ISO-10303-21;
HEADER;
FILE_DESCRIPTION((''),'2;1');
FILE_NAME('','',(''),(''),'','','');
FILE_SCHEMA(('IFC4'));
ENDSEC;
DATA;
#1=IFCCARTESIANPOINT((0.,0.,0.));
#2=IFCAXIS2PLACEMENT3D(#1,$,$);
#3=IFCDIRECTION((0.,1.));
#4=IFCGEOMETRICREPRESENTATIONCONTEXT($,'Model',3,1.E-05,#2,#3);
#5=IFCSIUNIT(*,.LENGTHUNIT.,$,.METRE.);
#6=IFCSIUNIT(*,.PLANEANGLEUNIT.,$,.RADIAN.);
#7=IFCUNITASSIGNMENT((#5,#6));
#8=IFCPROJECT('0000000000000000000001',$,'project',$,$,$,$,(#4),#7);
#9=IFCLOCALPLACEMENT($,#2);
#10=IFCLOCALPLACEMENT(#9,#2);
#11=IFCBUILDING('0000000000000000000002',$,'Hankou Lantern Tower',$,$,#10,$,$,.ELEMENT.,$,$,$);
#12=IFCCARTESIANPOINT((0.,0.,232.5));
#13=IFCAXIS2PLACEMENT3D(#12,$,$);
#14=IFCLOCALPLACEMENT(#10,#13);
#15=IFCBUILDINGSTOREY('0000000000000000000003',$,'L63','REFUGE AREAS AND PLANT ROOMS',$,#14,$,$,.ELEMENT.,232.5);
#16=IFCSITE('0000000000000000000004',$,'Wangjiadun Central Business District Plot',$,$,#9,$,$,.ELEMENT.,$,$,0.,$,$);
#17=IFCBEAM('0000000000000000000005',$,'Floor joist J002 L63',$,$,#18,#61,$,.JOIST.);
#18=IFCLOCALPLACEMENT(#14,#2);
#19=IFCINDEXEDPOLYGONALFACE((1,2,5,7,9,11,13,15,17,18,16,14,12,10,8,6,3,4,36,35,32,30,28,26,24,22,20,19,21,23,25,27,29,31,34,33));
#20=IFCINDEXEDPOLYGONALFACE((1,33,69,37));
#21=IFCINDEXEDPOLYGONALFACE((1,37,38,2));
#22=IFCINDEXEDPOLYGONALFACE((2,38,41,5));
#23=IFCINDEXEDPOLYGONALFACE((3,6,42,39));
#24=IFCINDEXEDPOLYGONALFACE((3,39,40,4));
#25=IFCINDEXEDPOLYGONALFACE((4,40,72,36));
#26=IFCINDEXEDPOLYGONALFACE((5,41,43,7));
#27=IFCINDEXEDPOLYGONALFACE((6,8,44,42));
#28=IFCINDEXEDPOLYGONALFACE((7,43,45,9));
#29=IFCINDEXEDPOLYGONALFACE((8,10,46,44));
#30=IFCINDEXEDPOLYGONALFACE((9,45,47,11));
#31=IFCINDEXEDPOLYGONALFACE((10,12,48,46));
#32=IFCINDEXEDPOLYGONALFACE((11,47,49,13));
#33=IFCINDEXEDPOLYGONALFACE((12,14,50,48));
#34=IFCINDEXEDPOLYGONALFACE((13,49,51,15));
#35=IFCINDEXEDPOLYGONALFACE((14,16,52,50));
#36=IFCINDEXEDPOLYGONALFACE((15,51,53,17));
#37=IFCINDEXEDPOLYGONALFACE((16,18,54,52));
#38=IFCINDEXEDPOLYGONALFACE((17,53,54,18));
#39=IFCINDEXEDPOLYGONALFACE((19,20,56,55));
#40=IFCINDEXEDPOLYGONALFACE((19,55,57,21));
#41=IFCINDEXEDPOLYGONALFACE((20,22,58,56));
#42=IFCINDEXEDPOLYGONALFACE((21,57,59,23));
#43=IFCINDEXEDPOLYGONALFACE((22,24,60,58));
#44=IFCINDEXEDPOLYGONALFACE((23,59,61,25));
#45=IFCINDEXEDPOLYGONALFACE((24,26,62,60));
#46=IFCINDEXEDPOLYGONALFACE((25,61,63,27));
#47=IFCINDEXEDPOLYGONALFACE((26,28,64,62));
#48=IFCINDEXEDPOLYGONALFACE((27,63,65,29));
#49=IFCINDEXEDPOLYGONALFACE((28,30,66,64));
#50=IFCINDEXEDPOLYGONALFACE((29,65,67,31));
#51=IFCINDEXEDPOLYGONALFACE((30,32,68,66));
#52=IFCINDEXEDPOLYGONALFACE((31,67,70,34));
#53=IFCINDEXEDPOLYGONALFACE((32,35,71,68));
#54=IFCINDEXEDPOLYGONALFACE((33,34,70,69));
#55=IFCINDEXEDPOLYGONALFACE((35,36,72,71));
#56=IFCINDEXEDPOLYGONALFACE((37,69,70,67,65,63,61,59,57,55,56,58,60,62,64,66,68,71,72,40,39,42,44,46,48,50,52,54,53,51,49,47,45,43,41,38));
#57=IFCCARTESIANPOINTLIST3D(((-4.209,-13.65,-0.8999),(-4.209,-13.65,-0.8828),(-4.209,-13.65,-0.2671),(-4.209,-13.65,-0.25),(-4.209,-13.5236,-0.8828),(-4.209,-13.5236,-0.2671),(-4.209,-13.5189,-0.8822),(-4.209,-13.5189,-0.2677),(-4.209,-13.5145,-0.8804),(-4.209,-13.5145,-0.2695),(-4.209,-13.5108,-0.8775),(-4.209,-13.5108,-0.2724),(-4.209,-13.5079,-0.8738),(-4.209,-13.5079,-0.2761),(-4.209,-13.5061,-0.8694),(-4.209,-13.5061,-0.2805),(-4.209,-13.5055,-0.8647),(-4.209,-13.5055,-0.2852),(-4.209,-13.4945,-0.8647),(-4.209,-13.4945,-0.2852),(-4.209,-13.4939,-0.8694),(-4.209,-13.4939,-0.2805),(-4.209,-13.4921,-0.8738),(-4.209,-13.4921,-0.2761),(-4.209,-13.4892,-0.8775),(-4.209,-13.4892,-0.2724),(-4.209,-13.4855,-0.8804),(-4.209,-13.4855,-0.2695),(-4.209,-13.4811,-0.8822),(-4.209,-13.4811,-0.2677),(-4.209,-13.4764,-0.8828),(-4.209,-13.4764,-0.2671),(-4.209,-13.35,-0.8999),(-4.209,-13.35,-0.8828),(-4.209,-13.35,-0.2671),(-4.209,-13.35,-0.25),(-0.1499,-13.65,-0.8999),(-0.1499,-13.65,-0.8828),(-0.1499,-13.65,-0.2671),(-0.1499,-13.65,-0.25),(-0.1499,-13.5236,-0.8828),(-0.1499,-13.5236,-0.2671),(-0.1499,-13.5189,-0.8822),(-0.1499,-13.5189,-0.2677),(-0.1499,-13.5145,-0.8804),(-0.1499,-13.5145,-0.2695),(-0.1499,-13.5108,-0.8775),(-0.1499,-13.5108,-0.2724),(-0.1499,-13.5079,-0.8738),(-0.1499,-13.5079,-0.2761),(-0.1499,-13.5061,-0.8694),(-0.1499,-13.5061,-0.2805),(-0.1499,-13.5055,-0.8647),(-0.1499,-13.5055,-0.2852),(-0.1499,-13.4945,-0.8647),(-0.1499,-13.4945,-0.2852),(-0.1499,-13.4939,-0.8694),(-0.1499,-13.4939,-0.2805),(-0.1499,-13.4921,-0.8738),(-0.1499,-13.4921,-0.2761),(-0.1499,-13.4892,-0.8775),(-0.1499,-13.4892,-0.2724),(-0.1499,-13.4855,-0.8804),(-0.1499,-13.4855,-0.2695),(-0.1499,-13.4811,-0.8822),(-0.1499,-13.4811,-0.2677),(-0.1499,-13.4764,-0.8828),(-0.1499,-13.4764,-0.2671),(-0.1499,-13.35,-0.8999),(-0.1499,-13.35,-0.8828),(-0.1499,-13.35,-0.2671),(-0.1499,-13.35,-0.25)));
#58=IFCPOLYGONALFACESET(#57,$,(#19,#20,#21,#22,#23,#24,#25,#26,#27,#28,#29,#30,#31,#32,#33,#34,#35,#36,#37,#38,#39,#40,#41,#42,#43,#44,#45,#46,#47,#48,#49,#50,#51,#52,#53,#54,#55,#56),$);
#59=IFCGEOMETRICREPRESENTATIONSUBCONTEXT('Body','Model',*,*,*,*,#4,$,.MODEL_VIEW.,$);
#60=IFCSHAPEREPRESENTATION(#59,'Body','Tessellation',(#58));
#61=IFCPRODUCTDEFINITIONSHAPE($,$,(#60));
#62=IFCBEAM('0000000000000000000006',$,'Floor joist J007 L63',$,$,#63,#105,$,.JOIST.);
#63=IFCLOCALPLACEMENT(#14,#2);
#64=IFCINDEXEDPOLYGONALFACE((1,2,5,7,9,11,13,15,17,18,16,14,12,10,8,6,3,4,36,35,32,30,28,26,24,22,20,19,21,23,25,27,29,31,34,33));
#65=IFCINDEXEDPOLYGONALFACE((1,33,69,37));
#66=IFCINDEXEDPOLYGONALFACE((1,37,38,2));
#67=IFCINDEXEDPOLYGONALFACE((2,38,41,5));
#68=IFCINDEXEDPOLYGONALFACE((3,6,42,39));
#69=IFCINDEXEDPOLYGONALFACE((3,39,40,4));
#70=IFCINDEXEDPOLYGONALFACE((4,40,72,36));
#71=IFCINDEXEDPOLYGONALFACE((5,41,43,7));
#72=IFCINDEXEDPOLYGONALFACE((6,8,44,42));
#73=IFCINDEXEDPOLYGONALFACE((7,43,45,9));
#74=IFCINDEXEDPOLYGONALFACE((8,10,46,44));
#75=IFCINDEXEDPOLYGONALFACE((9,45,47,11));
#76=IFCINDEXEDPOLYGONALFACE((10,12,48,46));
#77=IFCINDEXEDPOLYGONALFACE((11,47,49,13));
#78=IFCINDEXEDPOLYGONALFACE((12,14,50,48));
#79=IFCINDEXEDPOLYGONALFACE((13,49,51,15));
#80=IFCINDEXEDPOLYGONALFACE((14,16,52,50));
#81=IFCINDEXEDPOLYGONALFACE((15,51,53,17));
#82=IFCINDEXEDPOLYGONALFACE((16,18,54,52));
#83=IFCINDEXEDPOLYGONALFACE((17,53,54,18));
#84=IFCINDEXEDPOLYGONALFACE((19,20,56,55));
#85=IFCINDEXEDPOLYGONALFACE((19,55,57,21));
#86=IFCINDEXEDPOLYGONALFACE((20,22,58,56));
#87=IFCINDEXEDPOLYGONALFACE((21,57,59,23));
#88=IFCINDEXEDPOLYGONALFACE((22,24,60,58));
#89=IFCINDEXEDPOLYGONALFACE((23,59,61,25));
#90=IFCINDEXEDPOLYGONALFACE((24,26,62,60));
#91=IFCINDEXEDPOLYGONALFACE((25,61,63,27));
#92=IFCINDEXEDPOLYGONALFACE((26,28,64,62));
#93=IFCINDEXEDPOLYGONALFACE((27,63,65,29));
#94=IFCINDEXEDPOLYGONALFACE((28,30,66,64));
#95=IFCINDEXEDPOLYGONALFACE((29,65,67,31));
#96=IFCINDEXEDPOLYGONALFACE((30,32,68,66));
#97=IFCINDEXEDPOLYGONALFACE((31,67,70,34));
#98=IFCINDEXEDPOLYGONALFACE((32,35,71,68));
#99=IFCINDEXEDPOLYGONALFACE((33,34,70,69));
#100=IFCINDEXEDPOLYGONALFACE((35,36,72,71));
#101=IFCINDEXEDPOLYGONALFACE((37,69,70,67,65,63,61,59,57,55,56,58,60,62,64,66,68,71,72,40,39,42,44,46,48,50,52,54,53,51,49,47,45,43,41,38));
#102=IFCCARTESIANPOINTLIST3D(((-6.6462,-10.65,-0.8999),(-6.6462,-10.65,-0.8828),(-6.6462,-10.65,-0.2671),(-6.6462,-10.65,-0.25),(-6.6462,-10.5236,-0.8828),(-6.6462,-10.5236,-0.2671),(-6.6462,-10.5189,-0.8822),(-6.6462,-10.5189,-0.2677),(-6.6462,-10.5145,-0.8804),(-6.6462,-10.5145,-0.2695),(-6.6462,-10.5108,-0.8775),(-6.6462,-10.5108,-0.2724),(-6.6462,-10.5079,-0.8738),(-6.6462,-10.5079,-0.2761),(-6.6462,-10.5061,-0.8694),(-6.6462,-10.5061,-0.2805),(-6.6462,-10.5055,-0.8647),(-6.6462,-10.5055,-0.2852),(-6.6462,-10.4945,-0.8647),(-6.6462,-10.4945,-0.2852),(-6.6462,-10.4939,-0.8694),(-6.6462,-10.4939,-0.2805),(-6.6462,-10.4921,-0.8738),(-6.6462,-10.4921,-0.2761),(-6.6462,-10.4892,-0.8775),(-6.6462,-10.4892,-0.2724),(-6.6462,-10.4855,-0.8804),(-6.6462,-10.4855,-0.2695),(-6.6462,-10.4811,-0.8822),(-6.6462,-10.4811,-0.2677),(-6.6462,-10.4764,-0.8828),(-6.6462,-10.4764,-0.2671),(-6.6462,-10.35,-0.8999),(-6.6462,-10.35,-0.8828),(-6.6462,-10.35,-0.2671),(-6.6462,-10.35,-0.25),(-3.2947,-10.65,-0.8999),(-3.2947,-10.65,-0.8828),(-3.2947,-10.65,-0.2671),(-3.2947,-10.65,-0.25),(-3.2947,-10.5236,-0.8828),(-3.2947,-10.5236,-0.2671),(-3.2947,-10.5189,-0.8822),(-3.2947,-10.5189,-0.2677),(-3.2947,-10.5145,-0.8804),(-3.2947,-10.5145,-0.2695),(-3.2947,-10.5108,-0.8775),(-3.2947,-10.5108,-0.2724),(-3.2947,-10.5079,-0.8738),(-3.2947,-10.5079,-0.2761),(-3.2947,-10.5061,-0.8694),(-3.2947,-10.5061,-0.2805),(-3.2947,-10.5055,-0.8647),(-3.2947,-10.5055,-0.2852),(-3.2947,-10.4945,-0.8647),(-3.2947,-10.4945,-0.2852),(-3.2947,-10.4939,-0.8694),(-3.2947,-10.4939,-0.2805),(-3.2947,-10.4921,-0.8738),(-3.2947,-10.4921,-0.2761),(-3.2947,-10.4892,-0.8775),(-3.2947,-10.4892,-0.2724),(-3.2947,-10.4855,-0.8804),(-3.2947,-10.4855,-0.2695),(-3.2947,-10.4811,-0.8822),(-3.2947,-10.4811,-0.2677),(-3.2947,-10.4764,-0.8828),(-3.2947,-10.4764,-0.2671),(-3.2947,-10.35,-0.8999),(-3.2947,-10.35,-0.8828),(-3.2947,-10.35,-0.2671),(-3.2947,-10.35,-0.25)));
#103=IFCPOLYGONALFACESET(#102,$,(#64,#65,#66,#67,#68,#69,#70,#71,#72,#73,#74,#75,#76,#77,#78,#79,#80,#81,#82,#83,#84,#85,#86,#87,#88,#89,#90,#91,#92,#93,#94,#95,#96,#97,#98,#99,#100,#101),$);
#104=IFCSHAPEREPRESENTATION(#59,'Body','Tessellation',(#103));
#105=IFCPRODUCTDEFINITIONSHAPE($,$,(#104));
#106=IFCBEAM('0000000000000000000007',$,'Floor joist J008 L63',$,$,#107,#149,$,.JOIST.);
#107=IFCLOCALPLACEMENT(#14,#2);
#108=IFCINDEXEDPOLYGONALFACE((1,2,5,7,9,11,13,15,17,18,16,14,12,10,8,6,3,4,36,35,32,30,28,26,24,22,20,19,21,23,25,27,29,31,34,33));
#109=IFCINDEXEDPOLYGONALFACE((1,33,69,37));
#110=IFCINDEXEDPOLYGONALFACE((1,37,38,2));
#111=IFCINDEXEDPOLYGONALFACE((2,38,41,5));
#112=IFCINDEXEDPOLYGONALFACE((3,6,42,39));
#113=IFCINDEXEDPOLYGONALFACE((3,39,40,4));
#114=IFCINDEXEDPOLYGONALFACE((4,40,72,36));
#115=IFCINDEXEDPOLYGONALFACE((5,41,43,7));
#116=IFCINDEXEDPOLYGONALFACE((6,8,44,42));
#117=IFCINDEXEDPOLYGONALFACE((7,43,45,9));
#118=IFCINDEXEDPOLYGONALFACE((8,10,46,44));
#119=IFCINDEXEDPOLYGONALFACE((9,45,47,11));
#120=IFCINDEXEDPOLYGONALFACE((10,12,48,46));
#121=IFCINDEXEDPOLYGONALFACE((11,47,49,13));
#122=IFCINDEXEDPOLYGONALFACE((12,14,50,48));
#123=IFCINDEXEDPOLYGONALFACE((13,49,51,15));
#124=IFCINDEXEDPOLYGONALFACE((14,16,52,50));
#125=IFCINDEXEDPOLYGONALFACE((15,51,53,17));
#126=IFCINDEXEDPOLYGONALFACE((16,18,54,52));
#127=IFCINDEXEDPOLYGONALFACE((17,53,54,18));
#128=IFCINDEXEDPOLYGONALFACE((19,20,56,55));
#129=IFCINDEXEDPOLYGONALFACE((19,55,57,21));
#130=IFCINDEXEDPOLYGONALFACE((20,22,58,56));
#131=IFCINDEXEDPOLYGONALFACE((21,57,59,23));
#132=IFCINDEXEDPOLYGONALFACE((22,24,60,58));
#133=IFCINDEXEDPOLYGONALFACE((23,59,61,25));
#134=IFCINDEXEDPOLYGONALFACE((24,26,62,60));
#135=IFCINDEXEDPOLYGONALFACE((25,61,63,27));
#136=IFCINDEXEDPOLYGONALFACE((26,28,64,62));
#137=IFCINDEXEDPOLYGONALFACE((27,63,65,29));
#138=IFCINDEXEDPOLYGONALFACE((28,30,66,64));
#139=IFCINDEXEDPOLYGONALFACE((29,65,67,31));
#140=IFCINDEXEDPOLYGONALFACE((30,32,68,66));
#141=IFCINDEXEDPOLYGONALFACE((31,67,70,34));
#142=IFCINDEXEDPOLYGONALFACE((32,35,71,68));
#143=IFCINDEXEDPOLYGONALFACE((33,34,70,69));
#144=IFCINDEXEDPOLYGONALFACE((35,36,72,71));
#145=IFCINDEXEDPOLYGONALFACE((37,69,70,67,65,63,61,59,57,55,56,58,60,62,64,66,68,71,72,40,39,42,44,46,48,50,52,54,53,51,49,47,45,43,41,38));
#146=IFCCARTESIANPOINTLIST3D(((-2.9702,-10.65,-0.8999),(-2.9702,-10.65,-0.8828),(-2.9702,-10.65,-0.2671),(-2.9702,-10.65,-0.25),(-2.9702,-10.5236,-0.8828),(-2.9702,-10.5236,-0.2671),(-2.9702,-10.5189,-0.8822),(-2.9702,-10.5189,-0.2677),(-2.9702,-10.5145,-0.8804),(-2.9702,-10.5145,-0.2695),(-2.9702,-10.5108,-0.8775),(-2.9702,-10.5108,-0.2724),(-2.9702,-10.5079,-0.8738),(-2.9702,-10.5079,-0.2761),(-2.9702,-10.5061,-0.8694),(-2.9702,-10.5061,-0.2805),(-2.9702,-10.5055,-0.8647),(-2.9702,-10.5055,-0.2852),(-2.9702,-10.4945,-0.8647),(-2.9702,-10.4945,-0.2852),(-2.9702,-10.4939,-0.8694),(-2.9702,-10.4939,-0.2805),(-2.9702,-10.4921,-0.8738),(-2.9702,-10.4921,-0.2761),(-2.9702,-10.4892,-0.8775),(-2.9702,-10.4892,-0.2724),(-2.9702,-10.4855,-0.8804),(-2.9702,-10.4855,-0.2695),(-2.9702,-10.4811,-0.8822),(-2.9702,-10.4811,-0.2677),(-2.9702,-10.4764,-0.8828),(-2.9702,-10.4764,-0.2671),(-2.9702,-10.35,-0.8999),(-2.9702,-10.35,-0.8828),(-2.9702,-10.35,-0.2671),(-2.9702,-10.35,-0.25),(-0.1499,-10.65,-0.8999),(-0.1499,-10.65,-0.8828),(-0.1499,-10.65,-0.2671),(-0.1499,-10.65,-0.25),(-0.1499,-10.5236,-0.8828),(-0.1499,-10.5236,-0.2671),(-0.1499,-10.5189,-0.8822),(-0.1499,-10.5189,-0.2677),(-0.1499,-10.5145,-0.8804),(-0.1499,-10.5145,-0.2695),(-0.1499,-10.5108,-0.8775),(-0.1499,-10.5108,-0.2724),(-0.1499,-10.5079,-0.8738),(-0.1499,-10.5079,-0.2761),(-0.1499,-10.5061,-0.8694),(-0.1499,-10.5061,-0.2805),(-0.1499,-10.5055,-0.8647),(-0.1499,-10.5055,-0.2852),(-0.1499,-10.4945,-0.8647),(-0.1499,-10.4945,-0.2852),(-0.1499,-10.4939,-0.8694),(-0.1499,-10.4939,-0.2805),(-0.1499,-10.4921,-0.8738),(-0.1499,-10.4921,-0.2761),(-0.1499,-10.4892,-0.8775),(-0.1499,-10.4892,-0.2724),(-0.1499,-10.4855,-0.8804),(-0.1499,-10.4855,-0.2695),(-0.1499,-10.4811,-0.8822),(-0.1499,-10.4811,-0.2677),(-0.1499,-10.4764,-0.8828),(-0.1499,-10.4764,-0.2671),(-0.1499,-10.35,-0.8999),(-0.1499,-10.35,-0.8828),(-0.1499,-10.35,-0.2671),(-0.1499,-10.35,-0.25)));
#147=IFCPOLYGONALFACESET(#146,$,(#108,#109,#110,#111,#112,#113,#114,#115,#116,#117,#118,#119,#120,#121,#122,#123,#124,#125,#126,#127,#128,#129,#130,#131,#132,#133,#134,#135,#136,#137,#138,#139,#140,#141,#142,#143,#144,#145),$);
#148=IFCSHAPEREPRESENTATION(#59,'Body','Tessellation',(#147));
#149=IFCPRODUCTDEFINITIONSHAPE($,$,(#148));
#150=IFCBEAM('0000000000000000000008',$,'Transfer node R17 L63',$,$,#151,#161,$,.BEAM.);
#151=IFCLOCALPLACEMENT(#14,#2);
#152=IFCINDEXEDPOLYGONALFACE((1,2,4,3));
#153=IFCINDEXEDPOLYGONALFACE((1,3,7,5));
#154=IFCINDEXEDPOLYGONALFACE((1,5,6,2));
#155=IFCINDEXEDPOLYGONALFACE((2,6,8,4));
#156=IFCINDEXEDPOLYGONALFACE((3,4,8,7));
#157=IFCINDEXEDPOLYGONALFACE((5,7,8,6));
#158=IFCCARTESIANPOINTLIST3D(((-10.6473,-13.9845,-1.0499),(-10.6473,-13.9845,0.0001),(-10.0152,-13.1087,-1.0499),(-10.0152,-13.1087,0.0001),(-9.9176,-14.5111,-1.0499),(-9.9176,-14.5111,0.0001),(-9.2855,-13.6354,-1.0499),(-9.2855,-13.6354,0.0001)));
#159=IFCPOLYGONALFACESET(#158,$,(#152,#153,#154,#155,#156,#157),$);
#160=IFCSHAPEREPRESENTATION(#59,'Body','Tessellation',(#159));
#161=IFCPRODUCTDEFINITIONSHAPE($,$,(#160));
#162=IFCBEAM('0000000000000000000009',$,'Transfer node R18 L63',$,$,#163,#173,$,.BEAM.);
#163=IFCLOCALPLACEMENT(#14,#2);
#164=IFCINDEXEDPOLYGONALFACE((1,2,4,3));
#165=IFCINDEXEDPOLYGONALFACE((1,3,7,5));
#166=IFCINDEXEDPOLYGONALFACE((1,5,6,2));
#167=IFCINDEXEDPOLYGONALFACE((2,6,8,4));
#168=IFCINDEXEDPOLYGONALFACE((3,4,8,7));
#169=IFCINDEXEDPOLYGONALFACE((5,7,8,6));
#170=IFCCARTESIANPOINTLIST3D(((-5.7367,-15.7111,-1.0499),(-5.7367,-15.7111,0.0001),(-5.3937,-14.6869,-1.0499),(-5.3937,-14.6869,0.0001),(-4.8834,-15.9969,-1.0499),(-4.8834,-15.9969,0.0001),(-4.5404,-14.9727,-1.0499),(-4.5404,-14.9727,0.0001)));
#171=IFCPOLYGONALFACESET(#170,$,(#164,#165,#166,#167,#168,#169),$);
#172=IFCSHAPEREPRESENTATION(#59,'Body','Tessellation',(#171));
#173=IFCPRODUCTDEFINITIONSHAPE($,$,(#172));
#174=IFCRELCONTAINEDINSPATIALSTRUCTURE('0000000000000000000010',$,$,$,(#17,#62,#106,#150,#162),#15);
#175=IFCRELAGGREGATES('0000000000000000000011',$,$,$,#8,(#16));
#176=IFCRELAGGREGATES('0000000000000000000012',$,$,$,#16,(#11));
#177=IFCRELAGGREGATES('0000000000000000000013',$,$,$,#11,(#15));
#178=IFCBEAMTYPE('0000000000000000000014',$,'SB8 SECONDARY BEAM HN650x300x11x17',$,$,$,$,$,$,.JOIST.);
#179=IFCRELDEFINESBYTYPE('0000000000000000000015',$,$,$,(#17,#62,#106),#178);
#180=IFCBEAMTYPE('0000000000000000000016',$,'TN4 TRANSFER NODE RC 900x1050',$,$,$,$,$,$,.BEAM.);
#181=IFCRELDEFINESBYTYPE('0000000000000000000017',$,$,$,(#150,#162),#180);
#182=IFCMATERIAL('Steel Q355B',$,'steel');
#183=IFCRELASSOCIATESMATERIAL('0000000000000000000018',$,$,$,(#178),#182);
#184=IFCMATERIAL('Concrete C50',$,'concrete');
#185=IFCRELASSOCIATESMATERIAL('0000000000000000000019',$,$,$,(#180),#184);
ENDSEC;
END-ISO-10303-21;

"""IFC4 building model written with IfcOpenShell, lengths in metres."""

from ifc_helpers import new_model, si_unit, direction, frame, origin, origin_2d, place, context, subcontext, project, spatial, rectangle, i_section, extrude, material, material_profile, profile_set, type_object, element, save


model = new_model("IFC4")

# Units and contexts
model_context = context("Model", 3, precision=1e-05, world=origin(), true_north=direction((0.0, 1.0)))
body_context = subcontext(model_context, "Body", "Model", "MODEL_VIEW")
ifc_project = project(units=[si_unit("LENGTHUNIT", "METRE"), si_unit("PLANEANGLEUNIT", "RADIAN")], contexts=[model_context])

# Site, building, storey
site_placement = place(None, origin())
site = spatial("IfcSite", under=ifc_project, at=site_placement, Name="Wangjiadun Central Business District Plot", CompositionType="ELEMENT", RefElevation=0.0)
building_placement = place(site_placement, origin())
building = spatial("IfcBuilding", under=site, at=building_placement, Name="Hankou Lantern Tower", CompositionType="ELEMENT")
storey_placement = place(building_placement, frame((0.0, 0.0, 232.5)))
storey = spatial("IfcBuildingStorey", under=building, at=storey_placement, Name="L63", Description="REFUGE AREAS AND PLANT ROOMS", CompositionType="ELEMENT", Elevation=232.5)

# Beams
ifc_material_1 = material(Name="Steel Q355B", Category="steel")
ifc_material_profile_1 = material_profile(ifc_material_1, i_section(OverallWidth=0.3, OverallDepth=0.6499, WebThickness=0.011, FlangeThickness=0.0171, FilletRadius=0.0181, at=origin_2d()), Name="HN650x300x11x17")
ifc_profile_set_1 = profile_set([ifc_material_profile_1], Name="Steel Q355B")
beam_type_1 = type_object("IfcBeamType", Name="SB8 SECONDARY BEAM HN650x300x11x17", PredefinedType="JOIST", material=ifc_profile_set_1)
beam_1_placement = place(storey_placement, frame((-4.209, -13.5, -0.575), z_axis=(1.0, 0.0, 0.0), x_axis=(0.0, 1.0, 0.0)))
element("IfcBeam", 1, at=beam_1_placement, inside=storey, type_object=beam_type_1, Name="Floor joist J002 L63", PredefinedType="JOIST", context=body_context, shape_type="SweptSolid", body=[
    extrude(i_section(OverallWidth=0.3, OverallDepth=0.6499, WebThickness=0.011, FlangeThickness=0.0171, FilletRadius=0.0181, at=origin_2d()), origin(), (0.0, 0.0, 1.0), 4.0591),
])
beam_2_placement = place(storey_placement, frame((-6.6462, -10.5, -0.575), z_axis=(1.0, 0.0, 0.0), x_axis=(0.0, 1.0, 0.0)))
element("IfcBeam", 2, at=beam_2_placement, inside=storey, type_object=beam_type_1, Name="Floor joist J007 L63", PredefinedType="JOIST", context=body_context, shape_type="SweptSolid", body=[
    extrude(i_section(OverallWidth=0.3, OverallDepth=0.6499, WebThickness=0.011, FlangeThickness=0.0171, FilletRadius=0.0181, at=origin_2d()), origin(), (0.0, 0.0, 1.0), 3.3516),
])
beam_3_placement = place(storey_placement, frame((-2.9702, -10.5, -0.575), z_axis=(1.0, 0.0, 0.0), x_axis=(0.0, 1.0, 0.0)))
element("IfcBeam", 3, at=beam_3_placement, inside=storey, type_object=beam_type_1, Name="Floor joist J008 L63", PredefinedType="JOIST", context=body_context, shape_type="SweptSolid", body=[
    extrude(i_section(OverallWidth=0.3, OverallDepth=0.6499, WebThickness=0.011, FlangeThickness=0.0171, FilletRadius=0.0181, at=origin_2d()), origin(), (0.0, 0.0, 1.0), 2.8203),
])
ifc_material_2 = material(Name="Concrete C50", Category="concrete")
ifc_material_profile_2 = material_profile(ifc_material_2, rectangle(XDim=0.8999, YDim=1.05, at=origin_2d()), Name="RC 900x1050")
ifc_profile_set_2 = profile_set([ifc_material_profile_2], Name="Concrete C50")
beam_type_2 = type_object("IfcBeamType", Name="TN4 TRANSFER NODE RC 900x1050", PredefinedType="BEAM", material=ifc_profile_set_2)
for number, where, z_axis, x_axis, name in (
    (4, (-10.2825, -14.2478, -0.5249), (0.585251, 0.810852, 0.0), (-0.810852, 0.585251, 0.0), "Transfer node R17 L63"),
    (5, (-5.3101, -15.854, -0.5249), (0.317584, 0.94823, 0.0), (-0.94823, 0.317584, 0.0), "Transfer node R18 L63"),
):
    element("IfcBeam", number, at=place(storey_placement, frame(where, z_axis=z_axis, x_axis=x_axis)), inside=storey, type_object=beam_type_2, Name=name, PredefinedType="BEAM", context=body_context, shape_type="SweptSolid", body=[
        extrude(rectangle(XDim=0.8999, YDim=1.05, at=origin_2d()), origin(), (0.0, 0.0, 1.0), 1.0801),
    ])

save(model, "model.ifc")
